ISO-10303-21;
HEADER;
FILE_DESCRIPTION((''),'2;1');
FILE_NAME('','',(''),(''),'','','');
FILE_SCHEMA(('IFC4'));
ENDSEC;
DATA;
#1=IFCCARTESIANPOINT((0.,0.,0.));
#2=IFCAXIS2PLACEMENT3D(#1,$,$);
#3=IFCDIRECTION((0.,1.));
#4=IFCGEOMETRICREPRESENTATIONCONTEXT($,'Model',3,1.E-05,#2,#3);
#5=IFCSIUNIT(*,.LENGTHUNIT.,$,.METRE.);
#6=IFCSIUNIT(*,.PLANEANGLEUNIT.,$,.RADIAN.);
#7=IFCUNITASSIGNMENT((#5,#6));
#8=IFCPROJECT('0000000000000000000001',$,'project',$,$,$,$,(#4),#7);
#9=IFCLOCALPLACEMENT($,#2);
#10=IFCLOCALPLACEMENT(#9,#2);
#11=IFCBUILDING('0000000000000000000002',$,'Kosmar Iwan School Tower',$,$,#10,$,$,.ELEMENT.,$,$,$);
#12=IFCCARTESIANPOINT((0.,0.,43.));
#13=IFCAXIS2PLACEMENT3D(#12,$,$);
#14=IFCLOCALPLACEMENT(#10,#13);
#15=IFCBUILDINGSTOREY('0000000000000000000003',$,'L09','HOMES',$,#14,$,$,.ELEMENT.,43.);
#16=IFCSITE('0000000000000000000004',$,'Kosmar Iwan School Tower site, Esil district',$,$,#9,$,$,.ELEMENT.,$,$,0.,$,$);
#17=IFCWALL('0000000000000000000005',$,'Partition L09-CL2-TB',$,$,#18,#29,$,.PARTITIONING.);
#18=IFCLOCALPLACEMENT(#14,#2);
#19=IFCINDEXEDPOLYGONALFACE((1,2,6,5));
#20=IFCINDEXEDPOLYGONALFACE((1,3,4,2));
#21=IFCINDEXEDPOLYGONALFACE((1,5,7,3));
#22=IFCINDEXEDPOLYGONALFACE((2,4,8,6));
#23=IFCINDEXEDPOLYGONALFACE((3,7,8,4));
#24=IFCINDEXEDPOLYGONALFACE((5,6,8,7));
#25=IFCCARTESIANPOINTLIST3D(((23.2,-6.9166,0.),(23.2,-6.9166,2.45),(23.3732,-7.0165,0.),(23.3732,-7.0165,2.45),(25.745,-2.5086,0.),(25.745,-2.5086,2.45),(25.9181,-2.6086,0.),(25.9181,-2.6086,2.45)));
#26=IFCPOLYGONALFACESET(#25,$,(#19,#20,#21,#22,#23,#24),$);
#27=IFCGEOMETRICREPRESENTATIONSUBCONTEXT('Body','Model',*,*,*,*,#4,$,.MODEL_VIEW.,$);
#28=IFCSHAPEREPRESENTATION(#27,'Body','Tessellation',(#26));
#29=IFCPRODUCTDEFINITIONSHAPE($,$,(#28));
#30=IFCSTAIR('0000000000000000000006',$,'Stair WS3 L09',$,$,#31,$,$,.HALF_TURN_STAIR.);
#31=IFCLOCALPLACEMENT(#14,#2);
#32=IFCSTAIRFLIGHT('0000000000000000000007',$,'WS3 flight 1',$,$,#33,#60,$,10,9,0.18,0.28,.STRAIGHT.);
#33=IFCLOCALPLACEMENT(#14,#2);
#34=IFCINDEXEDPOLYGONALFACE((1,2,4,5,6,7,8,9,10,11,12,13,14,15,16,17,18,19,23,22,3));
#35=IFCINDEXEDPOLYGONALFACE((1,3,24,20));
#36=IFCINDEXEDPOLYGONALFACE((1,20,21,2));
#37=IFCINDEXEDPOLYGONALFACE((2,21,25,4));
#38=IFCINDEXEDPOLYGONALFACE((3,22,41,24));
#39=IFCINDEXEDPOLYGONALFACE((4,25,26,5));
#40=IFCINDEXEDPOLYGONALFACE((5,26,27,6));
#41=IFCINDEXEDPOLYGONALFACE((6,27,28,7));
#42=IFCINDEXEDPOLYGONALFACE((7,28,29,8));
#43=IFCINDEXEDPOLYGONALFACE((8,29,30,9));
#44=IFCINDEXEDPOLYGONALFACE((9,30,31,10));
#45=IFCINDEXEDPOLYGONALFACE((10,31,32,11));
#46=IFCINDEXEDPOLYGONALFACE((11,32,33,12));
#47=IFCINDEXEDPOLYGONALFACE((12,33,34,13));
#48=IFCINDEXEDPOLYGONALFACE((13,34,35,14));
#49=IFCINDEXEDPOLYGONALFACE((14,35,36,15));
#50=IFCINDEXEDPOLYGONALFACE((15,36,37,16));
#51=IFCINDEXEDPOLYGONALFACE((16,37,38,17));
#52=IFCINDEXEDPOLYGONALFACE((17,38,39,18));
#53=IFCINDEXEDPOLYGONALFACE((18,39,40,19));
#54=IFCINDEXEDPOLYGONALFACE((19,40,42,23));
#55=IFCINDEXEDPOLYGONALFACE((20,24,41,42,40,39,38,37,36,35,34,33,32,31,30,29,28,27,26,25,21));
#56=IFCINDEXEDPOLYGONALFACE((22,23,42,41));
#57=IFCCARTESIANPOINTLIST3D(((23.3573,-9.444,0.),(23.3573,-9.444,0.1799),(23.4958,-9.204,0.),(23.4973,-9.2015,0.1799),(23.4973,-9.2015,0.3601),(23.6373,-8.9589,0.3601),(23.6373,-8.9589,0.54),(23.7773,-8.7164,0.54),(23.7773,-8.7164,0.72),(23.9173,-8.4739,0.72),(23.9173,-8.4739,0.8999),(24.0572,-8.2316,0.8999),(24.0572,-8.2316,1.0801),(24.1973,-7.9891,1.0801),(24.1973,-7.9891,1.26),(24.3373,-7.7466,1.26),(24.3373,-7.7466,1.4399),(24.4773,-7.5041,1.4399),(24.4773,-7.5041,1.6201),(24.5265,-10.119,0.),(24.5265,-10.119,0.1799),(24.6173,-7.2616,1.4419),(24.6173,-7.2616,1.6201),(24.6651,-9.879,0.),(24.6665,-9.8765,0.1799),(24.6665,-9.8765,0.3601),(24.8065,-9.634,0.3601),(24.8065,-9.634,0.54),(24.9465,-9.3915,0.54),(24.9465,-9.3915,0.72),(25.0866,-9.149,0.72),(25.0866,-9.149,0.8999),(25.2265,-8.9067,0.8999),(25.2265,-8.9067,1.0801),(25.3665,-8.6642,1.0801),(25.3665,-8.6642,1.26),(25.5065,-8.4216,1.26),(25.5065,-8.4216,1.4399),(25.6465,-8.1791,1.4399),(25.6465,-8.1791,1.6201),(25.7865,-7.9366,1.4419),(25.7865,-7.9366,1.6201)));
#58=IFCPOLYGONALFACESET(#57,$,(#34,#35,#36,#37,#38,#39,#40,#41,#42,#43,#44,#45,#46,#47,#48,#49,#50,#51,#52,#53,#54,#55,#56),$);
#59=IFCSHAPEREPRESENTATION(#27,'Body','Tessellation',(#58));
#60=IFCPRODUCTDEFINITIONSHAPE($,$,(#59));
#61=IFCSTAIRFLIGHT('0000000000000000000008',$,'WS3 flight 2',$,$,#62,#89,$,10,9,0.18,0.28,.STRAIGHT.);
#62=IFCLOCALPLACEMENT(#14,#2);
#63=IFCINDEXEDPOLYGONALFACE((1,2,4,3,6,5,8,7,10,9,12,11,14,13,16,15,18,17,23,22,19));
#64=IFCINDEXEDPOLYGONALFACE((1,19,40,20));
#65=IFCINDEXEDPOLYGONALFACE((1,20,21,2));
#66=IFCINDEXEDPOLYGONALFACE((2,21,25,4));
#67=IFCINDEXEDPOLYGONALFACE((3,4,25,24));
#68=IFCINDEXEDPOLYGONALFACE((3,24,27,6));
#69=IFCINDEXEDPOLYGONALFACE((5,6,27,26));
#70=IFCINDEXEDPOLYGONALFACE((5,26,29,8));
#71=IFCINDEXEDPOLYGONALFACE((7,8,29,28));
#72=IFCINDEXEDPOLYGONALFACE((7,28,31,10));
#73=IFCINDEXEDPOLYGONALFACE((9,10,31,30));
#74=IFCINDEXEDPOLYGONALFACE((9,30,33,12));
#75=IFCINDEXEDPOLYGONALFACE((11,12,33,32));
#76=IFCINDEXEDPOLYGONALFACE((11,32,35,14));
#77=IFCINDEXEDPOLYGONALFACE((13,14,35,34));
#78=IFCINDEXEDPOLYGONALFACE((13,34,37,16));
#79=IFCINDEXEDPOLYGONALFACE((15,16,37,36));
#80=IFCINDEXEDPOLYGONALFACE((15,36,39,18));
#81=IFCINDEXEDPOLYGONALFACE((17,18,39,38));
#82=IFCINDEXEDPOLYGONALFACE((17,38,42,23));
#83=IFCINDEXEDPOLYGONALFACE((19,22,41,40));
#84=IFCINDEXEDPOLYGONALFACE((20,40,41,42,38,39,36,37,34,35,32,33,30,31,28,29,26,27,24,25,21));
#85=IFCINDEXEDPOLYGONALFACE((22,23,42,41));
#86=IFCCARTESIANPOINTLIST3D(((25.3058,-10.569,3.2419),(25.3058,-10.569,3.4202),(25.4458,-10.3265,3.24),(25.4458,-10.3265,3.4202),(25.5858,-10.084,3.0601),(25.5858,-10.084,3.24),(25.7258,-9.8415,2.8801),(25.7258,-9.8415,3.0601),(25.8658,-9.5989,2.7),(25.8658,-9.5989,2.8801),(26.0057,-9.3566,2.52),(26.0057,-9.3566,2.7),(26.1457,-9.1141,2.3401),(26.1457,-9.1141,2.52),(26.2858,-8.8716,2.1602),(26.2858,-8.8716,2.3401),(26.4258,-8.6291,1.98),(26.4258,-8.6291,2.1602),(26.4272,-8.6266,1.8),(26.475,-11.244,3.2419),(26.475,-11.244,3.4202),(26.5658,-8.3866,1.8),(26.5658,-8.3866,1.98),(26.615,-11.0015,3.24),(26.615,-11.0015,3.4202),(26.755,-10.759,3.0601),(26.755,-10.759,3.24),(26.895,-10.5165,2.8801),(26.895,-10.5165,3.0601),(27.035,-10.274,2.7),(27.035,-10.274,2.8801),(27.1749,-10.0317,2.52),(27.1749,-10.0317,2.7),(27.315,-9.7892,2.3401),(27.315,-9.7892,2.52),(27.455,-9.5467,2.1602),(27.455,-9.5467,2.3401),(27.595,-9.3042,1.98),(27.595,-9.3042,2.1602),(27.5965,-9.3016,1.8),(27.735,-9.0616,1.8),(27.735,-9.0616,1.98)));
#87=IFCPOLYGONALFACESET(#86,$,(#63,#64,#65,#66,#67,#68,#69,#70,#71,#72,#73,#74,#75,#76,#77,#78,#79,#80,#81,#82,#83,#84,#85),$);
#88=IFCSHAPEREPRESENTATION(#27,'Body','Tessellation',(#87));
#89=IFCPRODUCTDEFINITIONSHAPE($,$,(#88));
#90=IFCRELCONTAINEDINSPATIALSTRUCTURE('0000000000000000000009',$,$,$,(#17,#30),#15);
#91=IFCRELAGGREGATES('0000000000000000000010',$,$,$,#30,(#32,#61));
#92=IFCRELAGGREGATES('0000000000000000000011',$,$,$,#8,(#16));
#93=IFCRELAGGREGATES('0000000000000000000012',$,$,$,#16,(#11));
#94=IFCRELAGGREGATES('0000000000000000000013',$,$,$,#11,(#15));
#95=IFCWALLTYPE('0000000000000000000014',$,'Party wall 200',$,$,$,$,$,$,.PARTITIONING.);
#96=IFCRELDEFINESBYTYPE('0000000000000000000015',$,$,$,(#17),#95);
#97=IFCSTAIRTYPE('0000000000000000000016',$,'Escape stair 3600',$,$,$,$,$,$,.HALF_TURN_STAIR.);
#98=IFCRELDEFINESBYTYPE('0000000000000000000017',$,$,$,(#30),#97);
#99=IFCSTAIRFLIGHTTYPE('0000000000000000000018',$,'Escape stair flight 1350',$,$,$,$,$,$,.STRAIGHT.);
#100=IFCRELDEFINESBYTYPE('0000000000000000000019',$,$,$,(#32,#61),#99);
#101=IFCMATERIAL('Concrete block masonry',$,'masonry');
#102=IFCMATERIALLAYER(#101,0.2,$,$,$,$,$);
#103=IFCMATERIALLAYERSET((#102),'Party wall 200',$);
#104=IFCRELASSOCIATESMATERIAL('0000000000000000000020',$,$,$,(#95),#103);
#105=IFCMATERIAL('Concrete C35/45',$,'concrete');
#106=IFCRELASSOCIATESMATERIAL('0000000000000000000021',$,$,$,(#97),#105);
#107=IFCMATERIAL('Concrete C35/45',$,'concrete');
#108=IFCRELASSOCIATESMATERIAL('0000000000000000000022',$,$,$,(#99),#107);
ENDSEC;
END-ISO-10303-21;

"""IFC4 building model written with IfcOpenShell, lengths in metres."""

from ifc_helpers import new_model, si_unit, direction, frame, frame_2d, origin, place, context, subcontext, project, spatial, polyline, rectangle, outline, extrude, material, layer, layer_set, type_object, element, aggregate, save


model = new_model("IFC4")

# Units and contexts
model_context = context("Model", 3, precision=1e-05, world=origin(), true_north=direction((0.0, 1.0)))
body_context = subcontext(model_context, "Body", "Model", "MODEL_VIEW")
ifc_project = project(units=[si_unit("LENGTHUNIT", "METRE"), si_unit("PLANEANGLEUNIT", "RADIAN")], contexts=[model_context])

# Site, building, storey
site_placement = place(None, origin())
site = spatial("IfcSite", under=ifc_project, at=site_placement, Name="Kosmar Iwan School Tower site, Esil district", CompositionType="ELEMENT", RefElevation=0.0)
building_placement = place(site_placement, origin())
building = spatial("IfcBuilding", under=site, at=building_placement, Name="Kosmar Iwan School Tower", CompositionType="ELEMENT")
storey_placement = place(building_placement, frame((0.0, 0.0, 43.0)))
storey = spatial("IfcBuildingStorey", under=building, at=storey_placement, Name="L09", Description="HOMES", CompositionType="ELEMENT", Elevation=43.0)

# Wall
ifc_material_1 = material(Name="Concrete block masonry", Category="masonry")
ifc_layer_1 = layer(ifc_material_1, 0.2)
ifc_layer_set_1 = layer_set([ifc_layer_1], Name="Party wall 200")
wall_type_1 = type_object("IfcWallType", Name="Party wall 200", PredefinedType="PARTITIONING", material=ifc_layer_set_1)
wall_1_placement = place(storey_placement, frame((23.2866, -6.9666, 0.0), z_axis=(0.0, 0.0, 1.0), x_axis=(0.499998, 0.866027, 0.0)))
element("IfcWall", 1, at=wall_1_placement, inside=storey, type_object=wall_type_1, Name="Partition L09-CL2-TB", PredefinedType="PARTITIONING", context=body_context, shape_type="SweptSolid", body=[
    extrude(rectangle(XDim=5.0898, YDim=0.2, at=frame_2d((2.5449, 0.0))), origin(), (0.0, 0.0, 1.0), 2.45),
])

# Stair, stair flights
ifc_material_2 = material(Name="Concrete C35/45", Category="concrete")
stair_type = type_object("IfcStairType", Name="Escape stair 3600", PredefinedType="HALF_TURN_STAIR", material=ifc_material_2)
stair_placement = place(storey_placement, origin())
stair = element("IfcStair", 2, at=stair_placement, inside=storey, type_object=stair_type, Name="Stair WS3 L09", PredefinedType="HALF_TURN_STAIR")
ifc_material_3 = material(Name="Concrete C35/45", Category="concrete")
stair_flight_type = type_object("IfcStairFlightType", Name="Escape stair flight 1350", PredefinedType="STRAIGHT", material=ifc_material_3)
stair_flight_1_placement = place(storey_placement, frame((23.9419, -9.7815, 0.0), z_axis=(0.0, 0.0, 1.0), x_axis=(0.5, 0.866025, 0.0)))
stair_flight_1 = element("IfcStairFlight", 3, at=stair_flight_1_placement, type_object=stair_flight_type, Name="WS3 flight 1", NumberOfRisers=10, NumberOfTreads=9, PredefinedType="STRAIGHT", RiserHeight=0.18, TreadLength=0.28, context=body_context, shape_type="SweptSolid", body=[
    extrude(outline(polyline([(0.0, 0.0), (0.0, 0.1799), (0.28, 0.1799), (0.28, 0.3601), (0.5601, 0.3601), (0.5601, 0.54), (0.8401, 0.54), (0.8401, 0.72), (1.1201, 0.72), (1.1201, 0.8999), (1.3999, 0.8999), (1.3999, 1.0801), (1.6799, 1.0801), (1.6799, 1.26), (1.96, 1.26), (1.96, 1.4399), (2.24, 1.4399), (2.24, 1.6201), (2.52, 1.6201), (2.52, 1.8), (2.52, 1.4419), (0.2771, 0.0), (0.0, 0.0)])), frame((0.0, 0.675, 0.0), z_axis=(0.0, -1.0, 0.0), x_axis=(1.0, 0.0, 0.0)), (0.0, 0.0, 1.0), 1.3501),
])
stair_flight_2_placement = place(storey_placement, frame((27.1504, -8.7241, 1.8), z_axis=(0.0, 0.0, 1.0), x_axis=(-0.5, -0.866025, 0.0)))
stair_flight_2 = element("IfcStairFlight", 4, at=stair_flight_2_placement, type_object=stair_flight_type, Name="WS3 flight 2", NumberOfRisers=10, NumberOfTreads=9, PredefinedType="STRAIGHT", RiserHeight=0.18, TreadLength=0.28, context=body_context, shape_type="SweptSolid", body=[
    extrude(outline(polyline([(0.0, 0.0), (0.0, 0.1799), (0.28, 0.1799), (0.28, 0.3601), (0.5601, 0.3601), (0.5601, 0.54), (0.8401, 0.54), (0.8401, 0.72), (1.1201, 0.72), (1.1201, 0.8999), (1.3999, 0.8999), (1.3999, 1.0801), (1.6799, 1.0801), (1.6799, 1.26), (1.96, 1.26), (1.96, 1.4399), (2.24, 1.4399), (2.24, 1.6201), (2.52, 1.6201), (2.52, 1.8), (2.52, 1.4419), (0.2771, 0.0), (0.0, 0.0)])), frame((0.0, 0.675, 0.0), z_axis=(0.0, -1.0, 0.0), x_axis=(1.0, 0.0, 0.0)), (0.0, 0.0, 1.0), 1.3501),
])
aggregate(stair, [stair_flight_1, stair_flight_2])

save(model, "model.ifc")
